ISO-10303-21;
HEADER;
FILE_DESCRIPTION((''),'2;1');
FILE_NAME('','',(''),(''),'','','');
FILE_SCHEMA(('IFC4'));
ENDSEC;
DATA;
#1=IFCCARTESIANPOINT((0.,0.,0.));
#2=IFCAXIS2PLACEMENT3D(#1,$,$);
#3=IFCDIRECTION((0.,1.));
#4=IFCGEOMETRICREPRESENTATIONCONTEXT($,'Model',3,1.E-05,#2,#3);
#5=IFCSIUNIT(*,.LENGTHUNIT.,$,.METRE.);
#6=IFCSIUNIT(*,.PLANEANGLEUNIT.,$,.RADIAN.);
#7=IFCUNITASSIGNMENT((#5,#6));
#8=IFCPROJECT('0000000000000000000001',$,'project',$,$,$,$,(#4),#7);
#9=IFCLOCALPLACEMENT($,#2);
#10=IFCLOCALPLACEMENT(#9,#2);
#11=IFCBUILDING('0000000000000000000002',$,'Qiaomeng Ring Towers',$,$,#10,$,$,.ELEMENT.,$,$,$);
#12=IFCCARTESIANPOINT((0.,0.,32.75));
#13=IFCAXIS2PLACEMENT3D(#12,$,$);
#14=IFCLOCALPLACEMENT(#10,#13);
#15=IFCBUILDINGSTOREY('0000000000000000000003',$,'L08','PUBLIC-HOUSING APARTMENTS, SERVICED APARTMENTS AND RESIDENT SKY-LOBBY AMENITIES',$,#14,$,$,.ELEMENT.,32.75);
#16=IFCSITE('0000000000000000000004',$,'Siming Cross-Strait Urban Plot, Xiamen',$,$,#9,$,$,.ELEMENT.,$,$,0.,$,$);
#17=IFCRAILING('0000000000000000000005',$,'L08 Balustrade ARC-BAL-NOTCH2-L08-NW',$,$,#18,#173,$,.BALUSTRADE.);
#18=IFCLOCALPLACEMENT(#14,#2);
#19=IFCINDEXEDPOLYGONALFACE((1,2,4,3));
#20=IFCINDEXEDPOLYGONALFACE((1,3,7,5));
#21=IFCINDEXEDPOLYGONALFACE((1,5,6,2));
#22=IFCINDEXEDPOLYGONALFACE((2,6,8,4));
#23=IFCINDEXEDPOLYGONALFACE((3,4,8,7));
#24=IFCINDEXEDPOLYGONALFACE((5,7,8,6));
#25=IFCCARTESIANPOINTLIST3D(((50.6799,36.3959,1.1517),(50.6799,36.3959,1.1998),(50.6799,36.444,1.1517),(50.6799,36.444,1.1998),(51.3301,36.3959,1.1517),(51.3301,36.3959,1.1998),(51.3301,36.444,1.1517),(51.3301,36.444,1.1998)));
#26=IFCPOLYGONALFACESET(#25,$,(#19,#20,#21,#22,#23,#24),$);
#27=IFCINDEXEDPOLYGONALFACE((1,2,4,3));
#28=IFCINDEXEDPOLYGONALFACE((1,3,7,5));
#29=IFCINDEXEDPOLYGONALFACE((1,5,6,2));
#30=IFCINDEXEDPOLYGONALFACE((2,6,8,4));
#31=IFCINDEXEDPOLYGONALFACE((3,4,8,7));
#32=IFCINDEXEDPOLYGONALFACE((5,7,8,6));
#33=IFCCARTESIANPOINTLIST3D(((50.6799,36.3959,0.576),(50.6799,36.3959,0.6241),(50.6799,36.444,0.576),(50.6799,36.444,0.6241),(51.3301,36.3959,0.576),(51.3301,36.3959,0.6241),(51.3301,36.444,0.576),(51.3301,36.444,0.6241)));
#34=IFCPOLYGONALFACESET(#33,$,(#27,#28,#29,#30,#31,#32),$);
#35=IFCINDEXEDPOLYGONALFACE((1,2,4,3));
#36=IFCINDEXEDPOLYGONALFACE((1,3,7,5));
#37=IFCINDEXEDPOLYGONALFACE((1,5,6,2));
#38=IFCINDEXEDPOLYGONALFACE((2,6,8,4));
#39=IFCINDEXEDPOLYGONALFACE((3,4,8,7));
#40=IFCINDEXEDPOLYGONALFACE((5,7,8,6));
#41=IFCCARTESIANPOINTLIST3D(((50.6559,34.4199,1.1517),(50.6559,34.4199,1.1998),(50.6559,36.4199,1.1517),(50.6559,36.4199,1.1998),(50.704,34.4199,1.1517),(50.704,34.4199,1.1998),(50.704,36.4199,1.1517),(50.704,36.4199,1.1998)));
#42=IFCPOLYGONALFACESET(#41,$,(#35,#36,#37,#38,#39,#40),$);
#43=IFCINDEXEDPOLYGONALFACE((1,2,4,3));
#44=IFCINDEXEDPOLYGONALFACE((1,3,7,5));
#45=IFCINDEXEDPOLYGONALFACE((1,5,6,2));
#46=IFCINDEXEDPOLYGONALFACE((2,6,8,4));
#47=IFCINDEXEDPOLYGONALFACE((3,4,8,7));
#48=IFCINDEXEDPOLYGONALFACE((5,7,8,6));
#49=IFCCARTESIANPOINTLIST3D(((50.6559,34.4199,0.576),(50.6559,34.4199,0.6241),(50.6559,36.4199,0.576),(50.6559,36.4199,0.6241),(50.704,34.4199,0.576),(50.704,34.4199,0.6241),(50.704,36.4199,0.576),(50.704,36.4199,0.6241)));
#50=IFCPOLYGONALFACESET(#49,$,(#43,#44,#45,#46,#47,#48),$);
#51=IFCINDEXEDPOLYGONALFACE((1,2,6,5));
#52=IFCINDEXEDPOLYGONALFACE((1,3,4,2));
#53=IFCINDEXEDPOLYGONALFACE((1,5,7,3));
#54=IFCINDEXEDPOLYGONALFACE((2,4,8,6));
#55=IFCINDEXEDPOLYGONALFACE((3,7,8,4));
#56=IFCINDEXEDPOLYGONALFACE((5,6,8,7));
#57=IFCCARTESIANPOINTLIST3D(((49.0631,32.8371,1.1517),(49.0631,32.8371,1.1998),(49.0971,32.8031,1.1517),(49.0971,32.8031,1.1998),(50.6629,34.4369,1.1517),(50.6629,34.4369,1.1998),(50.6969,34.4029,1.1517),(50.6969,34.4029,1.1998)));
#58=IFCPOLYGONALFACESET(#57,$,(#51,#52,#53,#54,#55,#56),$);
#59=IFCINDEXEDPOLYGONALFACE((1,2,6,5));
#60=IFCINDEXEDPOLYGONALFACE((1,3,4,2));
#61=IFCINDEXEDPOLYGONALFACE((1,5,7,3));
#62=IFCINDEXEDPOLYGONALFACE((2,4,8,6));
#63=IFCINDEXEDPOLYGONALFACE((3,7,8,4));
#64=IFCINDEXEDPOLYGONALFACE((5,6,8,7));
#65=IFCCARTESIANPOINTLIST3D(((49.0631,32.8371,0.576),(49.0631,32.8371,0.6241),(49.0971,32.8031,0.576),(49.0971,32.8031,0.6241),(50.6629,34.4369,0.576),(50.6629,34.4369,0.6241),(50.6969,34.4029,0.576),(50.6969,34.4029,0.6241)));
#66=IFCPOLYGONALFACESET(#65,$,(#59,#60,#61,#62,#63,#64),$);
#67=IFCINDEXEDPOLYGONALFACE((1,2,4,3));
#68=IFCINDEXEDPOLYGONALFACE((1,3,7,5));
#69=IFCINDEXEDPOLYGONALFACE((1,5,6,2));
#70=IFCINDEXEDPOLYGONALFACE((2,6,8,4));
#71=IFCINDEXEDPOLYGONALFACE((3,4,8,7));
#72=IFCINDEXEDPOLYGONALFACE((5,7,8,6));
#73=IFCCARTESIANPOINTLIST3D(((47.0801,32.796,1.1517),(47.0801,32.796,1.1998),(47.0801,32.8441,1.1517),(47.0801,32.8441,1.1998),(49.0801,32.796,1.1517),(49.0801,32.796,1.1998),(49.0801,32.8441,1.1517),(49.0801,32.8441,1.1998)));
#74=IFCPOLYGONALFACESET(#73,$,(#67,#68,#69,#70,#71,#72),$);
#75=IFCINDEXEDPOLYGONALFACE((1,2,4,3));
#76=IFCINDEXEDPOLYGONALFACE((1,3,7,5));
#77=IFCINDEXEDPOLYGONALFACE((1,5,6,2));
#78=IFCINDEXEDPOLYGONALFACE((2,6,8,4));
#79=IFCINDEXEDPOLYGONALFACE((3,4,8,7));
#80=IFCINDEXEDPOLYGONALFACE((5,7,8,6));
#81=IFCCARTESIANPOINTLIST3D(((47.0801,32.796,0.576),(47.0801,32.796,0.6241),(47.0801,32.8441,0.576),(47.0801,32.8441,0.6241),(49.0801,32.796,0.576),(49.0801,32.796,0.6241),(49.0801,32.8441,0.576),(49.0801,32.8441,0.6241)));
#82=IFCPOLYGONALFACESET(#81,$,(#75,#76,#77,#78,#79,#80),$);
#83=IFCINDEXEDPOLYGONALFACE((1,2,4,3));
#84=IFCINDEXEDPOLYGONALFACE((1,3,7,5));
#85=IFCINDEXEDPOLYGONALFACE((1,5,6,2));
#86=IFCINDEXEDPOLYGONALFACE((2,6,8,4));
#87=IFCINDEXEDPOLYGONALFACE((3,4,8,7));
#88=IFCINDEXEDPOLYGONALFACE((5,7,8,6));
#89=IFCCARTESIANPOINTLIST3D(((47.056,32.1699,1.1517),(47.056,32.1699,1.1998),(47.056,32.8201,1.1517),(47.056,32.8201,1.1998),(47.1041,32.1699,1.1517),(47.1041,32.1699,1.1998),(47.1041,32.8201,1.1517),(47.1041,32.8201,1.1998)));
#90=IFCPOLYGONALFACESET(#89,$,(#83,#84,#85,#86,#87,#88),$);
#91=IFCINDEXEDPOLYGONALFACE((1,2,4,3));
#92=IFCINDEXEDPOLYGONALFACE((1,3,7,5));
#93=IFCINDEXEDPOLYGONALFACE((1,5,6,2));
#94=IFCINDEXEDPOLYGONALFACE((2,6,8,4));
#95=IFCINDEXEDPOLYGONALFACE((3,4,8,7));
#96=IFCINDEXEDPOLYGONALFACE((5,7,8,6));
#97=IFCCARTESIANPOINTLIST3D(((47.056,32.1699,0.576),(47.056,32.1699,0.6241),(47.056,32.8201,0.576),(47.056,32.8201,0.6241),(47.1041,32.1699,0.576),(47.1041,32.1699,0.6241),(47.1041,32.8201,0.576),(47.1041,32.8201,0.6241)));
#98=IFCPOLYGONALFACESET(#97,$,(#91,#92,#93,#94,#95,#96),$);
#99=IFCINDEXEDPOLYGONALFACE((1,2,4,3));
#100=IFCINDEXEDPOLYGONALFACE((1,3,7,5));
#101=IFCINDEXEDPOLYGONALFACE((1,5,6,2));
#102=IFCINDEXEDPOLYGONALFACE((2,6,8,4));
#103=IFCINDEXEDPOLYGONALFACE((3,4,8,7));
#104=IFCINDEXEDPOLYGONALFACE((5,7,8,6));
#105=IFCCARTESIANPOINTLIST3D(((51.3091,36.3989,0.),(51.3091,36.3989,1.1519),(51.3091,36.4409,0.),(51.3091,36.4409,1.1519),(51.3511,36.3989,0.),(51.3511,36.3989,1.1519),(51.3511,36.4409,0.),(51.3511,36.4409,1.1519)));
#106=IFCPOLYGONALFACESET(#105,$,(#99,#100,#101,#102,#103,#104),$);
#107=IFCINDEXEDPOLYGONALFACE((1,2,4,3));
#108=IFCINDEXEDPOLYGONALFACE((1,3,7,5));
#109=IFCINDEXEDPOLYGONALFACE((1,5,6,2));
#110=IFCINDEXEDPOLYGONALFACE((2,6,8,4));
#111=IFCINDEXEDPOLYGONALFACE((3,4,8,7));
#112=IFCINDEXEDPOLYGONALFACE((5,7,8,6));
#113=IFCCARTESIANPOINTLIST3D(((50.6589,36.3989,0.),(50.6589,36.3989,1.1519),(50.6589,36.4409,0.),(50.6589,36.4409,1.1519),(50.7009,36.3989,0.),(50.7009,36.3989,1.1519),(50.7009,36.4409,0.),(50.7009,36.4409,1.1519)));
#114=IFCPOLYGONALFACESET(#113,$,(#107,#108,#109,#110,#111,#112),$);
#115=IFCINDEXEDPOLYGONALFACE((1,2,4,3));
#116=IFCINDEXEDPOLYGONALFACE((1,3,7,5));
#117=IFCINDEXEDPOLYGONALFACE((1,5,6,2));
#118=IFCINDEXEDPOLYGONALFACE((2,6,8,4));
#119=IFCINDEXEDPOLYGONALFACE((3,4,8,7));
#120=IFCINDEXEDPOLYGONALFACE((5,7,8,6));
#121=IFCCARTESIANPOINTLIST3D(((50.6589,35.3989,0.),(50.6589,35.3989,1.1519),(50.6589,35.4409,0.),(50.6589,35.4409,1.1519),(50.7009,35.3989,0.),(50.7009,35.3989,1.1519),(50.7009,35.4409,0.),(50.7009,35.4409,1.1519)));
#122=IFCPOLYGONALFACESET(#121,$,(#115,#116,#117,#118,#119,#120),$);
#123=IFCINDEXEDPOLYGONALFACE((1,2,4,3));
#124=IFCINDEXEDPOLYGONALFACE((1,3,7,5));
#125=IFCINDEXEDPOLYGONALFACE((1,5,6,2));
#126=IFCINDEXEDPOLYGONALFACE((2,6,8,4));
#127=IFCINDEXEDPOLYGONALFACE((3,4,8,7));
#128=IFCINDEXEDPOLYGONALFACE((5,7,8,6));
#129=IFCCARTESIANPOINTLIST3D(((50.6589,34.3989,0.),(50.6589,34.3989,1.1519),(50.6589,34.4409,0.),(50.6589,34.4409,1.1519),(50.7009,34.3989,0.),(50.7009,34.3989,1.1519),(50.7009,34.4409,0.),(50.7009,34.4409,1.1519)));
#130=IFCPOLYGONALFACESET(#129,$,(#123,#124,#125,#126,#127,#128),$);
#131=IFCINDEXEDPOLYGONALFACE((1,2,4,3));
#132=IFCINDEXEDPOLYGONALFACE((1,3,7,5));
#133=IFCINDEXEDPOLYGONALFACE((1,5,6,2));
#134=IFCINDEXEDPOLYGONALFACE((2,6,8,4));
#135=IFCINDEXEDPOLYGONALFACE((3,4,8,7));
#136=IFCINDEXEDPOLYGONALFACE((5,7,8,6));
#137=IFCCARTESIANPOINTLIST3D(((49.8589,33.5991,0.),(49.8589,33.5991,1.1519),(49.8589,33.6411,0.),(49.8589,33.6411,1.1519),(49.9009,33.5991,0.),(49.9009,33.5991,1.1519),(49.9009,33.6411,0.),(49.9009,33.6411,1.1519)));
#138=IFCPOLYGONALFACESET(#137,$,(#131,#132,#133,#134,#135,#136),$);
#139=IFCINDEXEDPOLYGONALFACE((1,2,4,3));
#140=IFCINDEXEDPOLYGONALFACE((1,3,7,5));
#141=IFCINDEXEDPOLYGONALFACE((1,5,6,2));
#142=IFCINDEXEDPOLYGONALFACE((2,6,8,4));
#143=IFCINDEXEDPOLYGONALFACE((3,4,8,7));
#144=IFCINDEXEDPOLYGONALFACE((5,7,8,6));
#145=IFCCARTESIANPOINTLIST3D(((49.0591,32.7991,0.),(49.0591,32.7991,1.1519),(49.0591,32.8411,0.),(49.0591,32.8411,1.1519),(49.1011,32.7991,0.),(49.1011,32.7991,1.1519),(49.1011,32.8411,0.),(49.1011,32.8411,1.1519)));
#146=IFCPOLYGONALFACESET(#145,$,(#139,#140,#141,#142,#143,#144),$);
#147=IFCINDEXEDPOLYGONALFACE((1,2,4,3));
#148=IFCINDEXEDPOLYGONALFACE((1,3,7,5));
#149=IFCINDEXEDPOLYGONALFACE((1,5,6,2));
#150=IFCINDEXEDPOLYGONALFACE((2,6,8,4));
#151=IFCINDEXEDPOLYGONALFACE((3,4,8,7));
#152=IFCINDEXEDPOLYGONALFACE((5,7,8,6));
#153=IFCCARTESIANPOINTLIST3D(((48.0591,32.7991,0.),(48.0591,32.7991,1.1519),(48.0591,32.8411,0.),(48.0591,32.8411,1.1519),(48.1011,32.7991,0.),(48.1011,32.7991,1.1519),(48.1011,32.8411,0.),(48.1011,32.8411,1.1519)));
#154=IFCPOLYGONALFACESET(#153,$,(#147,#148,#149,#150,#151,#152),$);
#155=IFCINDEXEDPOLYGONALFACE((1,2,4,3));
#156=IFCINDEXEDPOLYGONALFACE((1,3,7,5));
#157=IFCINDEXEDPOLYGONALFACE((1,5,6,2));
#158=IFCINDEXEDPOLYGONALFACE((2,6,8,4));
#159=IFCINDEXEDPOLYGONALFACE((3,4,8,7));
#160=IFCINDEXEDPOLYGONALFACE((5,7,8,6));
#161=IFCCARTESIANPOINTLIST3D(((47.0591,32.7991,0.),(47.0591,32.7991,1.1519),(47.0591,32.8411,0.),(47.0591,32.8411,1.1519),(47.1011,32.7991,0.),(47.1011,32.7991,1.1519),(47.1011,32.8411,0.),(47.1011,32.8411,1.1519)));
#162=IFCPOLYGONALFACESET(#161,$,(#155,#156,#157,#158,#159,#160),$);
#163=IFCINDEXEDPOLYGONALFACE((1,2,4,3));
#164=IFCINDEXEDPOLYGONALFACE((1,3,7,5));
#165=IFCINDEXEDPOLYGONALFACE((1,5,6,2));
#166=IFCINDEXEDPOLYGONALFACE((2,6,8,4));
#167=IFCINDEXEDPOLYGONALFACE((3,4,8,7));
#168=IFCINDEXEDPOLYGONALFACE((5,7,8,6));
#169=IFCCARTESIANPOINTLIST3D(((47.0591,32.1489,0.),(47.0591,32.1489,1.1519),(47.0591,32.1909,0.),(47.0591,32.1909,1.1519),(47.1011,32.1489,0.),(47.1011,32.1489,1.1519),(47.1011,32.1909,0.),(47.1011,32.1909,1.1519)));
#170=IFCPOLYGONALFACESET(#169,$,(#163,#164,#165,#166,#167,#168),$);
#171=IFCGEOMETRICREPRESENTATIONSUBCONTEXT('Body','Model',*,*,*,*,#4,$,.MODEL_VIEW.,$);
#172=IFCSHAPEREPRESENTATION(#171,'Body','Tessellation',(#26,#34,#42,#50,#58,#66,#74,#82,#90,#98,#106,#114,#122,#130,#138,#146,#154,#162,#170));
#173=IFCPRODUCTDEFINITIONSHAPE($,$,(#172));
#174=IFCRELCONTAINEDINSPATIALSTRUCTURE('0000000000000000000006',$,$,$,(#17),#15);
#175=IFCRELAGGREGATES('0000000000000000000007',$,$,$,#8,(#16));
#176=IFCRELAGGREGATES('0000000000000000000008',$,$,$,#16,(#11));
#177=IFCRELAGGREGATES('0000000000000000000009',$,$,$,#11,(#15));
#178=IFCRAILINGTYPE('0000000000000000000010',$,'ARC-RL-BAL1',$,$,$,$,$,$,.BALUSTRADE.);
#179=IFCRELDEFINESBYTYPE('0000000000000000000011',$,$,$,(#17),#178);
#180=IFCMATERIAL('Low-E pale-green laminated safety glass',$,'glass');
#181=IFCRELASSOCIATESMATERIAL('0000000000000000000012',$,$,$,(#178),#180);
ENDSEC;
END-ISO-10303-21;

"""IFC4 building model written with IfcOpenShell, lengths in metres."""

from ifc_helpers import new_model, si_unit, direction, frame, origin, origin_2d, place, context, subcontext, project, spatial, rectangle, extrude, material, type_object, element, save


model = new_model("IFC4")

# Units and contexts
model_context = context("Model", 3, precision=1e-05, world=origin(), true_north=direction((0.0, 1.0)))
body_context = subcontext(model_context, "Body", "Model", "MODEL_VIEW")
ifc_project = project(units=[si_unit("LENGTHUNIT", "METRE"), si_unit("PLANEANGLEUNIT", "RADIAN")], contexts=[model_context])

# Site, building, storey
site_placement = place(None, origin())
site = spatial("IfcSite", under=ifc_project, at=site_placement, Name="Siming Cross-Strait Urban Plot, Xiamen", CompositionType="ELEMENT", RefElevation=0.0)
building_placement = place(site_placement, origin())
building = spatial("IfcBuilding", under=site, at=building_placement, Name="Qiaomeng Ring Towers", CompositionType="ELEMENT")
storey_placement = place(building_placement, frame((0.0, 0.0, 32.75)))
storey = spatial("IfcBuildingStorey", under=building, at=storey_placement, Name="L08", Description="PUBLIC-HOUSING APARTMENTS, SERVICED APARTMENTS AND RESIDENT SKY-LOBBY AMENITIES", CompositionType="ELEMENT", Elevation=32.75)

# Railing
ifc_material_1 = material(Name="Low-E pale-green laminated safety glass", Category="glass")
railing_type = type_object("IfcRailingType", Name="ARC-RL-BAL1", PredefinedType="BALUSTRADE", material=ifc_material_1)
railing_1_placement = place(storey_placement, frame((51.3301, 36.4199, 0.0)))
element("IfcRailing", 1, at=railing_1_placement, inside=storey, type_object=railing_type, Name="L08 Balustrade ARC-BAL-NOTCH2-L08-NW", PredefinedType="BALUSTRADE", context=body_context, shape_type="SweptSolid", body=[
    extrude(rectangle(XDim=0.0481, YDim=0.0481, at=origin_2d()), frame((0.0, 0.0, 1.1758), z_axis=(-1.0, 0.0, 0.0), x_axis=(0.0, -1.0, 0.0)), (0.0, 0.0, 1.0), 0.6501),
    extrude(rectangle(XDim=0.0481, YDim=0.0481, at=origin_2d()), frame((0.0, 0.0, 0.6001), z_axis=(-1.0, 0.0, 0.0), x_axis=(0.0, -1.0, 0.0)), (0.0, 0.0, 1.0), 0.6501),
    extrude(rectangle(XDim=0.0481, YDim=0.0481, at=origin_2d()), frame((-0.6501, 0.0, 1.1758), z_axis=(0.0, -1.0, 0.0), x_axis=(1.0, 0.0, 0.0)), (0.0, 0.0, 1.0), 2.0),
    extrude(rectangle(XDim=0.0481, YDim=0.0481, at=origin_2d()), frame((-0.6501, 0.0, 0.6001), z_axis=(0.0, -1.0, 0.0), x_axis=(1.0, 0.0, 0.0)), (0.0, 0.0, 1.0), 2.0),
    extrude(rectangle(XDim=0.0481, YDim=0.0481, at=origin_2d()), frame((-0.6501, -2.0, 1.1758), z_axis=(-0.707107, -0.707107, 0.0), x_axis=(0.707107, -0.707107, 0.0)), (0.0, 0.0, 1.0), 2.2625),
    extrude(rectangle(XDim=0.0481, YDim=0.0481, at=origin_2d()), frame((-0.6501, -2.0, 0.6001), z_axis=(-0.707107, -0.707107, 0.0), x_axis=(0.707107, -0.707107, 0.0)), (0.0, 0.0, 1.0), 2.2625),
    extrude(rectangle(XDim=0.0481, YDim=0.0481, at=origin_2d()), frame((-2.25, -3.5999, 1.1758), z_axis=(-1.0, 0.0, 0.0), x_axis=(0.0, -1.0, 0.0)), (0.0, 0.0, 1.0), 2.0),
    extrude(rectangle(XDim=0.0481, YDim=0.0481, at=origin_2d()), frame((-2.25, -3.5999, 0.6001), z_axis=(-1.0, 0.0, 0.0), x_axis=(0.0, -1.0, 0.0)), (0.0, 0.0, 1.0), 2.0),
    extrude(rectangle(XDim=0.0481, YDim=0.0481, at=origin_2d()), frame((-4.25, -3.5999, 1.1758), z_axis=(0.0, -1.0, 0.0), x_axis=(1.0, 0.0, 0.0)), (0.0, 0.0, 1.0), 0.6501),
    extrude(rectangle(XDim=0.0481, YDim=0.0481, at=origin_2d()), frame((-4.25, -3.5999, 0.6001), z_axis=(0.0, -1.0, 0.0), x_axis=(1.0, 0.0, 0.0)), (0.0, 0.0, 1.0), 0.6501),
    extrude(rectangle(XDim=0.042, YDim=0.042, at=origin_2d()), origin(), (0.0, 0.0, 1.0), 1.1519),
    extrude(rectangle(XDim=0.042, YDim=0.042, at=origin_2d()), frame((-0.6501, 0.0, 0.0)), (0.0, 0.0, 1.0), 1.1519),
    extrude(rectangle(XDim=0.042, YDim=0.042, at=origin_2d()), frame((-0.6501, -1.0, 0.0)), (0.0, 0.0, 1.0), 1.1519),
    extrude(rectangle(XDim=0.042, YDim=0.042, at=origin_2d()), frame((-0.6501, -2.0, 0.0)), (0.0, 0.0, 1.0), 1.1519),
    extrude(rectangle(XDim=0.042, YDim=0.042, at=origin_2d()), frame((-1.4502, -2.7998, 0.0)), (0.0, 0.0, 1.0), 1.1519),
    extrude(rectangle(XDim=0.042, YDim=0.042, at=origin_2d()), frame((-2.25, -3.5999, 0.0)), (0.0, 0.0, 1.0), 1.1519),
    extrude(rectangle(XDim=0.042, YDim=0.042, at=origin_2d()), frame((-3.25, -3.5999, 0.0)), (0.0, 0.0, 1.0), 1.1519),
    extrude(rectangle(XDim=0.042, YDim=0.042, at=origin_2d()), frame((-4.25, -3.5999, 0.0)), (0.0, 0.0, 1.0), 1.1519),
    extrude(rectangle(XDim=0.042, YDim=0.042, at=origin_2d()), frame((-4.25, -4.25, 0.0)), (0.0, 0.0, 1.0), 1.1519),
])

save(model, "model.ifc")
